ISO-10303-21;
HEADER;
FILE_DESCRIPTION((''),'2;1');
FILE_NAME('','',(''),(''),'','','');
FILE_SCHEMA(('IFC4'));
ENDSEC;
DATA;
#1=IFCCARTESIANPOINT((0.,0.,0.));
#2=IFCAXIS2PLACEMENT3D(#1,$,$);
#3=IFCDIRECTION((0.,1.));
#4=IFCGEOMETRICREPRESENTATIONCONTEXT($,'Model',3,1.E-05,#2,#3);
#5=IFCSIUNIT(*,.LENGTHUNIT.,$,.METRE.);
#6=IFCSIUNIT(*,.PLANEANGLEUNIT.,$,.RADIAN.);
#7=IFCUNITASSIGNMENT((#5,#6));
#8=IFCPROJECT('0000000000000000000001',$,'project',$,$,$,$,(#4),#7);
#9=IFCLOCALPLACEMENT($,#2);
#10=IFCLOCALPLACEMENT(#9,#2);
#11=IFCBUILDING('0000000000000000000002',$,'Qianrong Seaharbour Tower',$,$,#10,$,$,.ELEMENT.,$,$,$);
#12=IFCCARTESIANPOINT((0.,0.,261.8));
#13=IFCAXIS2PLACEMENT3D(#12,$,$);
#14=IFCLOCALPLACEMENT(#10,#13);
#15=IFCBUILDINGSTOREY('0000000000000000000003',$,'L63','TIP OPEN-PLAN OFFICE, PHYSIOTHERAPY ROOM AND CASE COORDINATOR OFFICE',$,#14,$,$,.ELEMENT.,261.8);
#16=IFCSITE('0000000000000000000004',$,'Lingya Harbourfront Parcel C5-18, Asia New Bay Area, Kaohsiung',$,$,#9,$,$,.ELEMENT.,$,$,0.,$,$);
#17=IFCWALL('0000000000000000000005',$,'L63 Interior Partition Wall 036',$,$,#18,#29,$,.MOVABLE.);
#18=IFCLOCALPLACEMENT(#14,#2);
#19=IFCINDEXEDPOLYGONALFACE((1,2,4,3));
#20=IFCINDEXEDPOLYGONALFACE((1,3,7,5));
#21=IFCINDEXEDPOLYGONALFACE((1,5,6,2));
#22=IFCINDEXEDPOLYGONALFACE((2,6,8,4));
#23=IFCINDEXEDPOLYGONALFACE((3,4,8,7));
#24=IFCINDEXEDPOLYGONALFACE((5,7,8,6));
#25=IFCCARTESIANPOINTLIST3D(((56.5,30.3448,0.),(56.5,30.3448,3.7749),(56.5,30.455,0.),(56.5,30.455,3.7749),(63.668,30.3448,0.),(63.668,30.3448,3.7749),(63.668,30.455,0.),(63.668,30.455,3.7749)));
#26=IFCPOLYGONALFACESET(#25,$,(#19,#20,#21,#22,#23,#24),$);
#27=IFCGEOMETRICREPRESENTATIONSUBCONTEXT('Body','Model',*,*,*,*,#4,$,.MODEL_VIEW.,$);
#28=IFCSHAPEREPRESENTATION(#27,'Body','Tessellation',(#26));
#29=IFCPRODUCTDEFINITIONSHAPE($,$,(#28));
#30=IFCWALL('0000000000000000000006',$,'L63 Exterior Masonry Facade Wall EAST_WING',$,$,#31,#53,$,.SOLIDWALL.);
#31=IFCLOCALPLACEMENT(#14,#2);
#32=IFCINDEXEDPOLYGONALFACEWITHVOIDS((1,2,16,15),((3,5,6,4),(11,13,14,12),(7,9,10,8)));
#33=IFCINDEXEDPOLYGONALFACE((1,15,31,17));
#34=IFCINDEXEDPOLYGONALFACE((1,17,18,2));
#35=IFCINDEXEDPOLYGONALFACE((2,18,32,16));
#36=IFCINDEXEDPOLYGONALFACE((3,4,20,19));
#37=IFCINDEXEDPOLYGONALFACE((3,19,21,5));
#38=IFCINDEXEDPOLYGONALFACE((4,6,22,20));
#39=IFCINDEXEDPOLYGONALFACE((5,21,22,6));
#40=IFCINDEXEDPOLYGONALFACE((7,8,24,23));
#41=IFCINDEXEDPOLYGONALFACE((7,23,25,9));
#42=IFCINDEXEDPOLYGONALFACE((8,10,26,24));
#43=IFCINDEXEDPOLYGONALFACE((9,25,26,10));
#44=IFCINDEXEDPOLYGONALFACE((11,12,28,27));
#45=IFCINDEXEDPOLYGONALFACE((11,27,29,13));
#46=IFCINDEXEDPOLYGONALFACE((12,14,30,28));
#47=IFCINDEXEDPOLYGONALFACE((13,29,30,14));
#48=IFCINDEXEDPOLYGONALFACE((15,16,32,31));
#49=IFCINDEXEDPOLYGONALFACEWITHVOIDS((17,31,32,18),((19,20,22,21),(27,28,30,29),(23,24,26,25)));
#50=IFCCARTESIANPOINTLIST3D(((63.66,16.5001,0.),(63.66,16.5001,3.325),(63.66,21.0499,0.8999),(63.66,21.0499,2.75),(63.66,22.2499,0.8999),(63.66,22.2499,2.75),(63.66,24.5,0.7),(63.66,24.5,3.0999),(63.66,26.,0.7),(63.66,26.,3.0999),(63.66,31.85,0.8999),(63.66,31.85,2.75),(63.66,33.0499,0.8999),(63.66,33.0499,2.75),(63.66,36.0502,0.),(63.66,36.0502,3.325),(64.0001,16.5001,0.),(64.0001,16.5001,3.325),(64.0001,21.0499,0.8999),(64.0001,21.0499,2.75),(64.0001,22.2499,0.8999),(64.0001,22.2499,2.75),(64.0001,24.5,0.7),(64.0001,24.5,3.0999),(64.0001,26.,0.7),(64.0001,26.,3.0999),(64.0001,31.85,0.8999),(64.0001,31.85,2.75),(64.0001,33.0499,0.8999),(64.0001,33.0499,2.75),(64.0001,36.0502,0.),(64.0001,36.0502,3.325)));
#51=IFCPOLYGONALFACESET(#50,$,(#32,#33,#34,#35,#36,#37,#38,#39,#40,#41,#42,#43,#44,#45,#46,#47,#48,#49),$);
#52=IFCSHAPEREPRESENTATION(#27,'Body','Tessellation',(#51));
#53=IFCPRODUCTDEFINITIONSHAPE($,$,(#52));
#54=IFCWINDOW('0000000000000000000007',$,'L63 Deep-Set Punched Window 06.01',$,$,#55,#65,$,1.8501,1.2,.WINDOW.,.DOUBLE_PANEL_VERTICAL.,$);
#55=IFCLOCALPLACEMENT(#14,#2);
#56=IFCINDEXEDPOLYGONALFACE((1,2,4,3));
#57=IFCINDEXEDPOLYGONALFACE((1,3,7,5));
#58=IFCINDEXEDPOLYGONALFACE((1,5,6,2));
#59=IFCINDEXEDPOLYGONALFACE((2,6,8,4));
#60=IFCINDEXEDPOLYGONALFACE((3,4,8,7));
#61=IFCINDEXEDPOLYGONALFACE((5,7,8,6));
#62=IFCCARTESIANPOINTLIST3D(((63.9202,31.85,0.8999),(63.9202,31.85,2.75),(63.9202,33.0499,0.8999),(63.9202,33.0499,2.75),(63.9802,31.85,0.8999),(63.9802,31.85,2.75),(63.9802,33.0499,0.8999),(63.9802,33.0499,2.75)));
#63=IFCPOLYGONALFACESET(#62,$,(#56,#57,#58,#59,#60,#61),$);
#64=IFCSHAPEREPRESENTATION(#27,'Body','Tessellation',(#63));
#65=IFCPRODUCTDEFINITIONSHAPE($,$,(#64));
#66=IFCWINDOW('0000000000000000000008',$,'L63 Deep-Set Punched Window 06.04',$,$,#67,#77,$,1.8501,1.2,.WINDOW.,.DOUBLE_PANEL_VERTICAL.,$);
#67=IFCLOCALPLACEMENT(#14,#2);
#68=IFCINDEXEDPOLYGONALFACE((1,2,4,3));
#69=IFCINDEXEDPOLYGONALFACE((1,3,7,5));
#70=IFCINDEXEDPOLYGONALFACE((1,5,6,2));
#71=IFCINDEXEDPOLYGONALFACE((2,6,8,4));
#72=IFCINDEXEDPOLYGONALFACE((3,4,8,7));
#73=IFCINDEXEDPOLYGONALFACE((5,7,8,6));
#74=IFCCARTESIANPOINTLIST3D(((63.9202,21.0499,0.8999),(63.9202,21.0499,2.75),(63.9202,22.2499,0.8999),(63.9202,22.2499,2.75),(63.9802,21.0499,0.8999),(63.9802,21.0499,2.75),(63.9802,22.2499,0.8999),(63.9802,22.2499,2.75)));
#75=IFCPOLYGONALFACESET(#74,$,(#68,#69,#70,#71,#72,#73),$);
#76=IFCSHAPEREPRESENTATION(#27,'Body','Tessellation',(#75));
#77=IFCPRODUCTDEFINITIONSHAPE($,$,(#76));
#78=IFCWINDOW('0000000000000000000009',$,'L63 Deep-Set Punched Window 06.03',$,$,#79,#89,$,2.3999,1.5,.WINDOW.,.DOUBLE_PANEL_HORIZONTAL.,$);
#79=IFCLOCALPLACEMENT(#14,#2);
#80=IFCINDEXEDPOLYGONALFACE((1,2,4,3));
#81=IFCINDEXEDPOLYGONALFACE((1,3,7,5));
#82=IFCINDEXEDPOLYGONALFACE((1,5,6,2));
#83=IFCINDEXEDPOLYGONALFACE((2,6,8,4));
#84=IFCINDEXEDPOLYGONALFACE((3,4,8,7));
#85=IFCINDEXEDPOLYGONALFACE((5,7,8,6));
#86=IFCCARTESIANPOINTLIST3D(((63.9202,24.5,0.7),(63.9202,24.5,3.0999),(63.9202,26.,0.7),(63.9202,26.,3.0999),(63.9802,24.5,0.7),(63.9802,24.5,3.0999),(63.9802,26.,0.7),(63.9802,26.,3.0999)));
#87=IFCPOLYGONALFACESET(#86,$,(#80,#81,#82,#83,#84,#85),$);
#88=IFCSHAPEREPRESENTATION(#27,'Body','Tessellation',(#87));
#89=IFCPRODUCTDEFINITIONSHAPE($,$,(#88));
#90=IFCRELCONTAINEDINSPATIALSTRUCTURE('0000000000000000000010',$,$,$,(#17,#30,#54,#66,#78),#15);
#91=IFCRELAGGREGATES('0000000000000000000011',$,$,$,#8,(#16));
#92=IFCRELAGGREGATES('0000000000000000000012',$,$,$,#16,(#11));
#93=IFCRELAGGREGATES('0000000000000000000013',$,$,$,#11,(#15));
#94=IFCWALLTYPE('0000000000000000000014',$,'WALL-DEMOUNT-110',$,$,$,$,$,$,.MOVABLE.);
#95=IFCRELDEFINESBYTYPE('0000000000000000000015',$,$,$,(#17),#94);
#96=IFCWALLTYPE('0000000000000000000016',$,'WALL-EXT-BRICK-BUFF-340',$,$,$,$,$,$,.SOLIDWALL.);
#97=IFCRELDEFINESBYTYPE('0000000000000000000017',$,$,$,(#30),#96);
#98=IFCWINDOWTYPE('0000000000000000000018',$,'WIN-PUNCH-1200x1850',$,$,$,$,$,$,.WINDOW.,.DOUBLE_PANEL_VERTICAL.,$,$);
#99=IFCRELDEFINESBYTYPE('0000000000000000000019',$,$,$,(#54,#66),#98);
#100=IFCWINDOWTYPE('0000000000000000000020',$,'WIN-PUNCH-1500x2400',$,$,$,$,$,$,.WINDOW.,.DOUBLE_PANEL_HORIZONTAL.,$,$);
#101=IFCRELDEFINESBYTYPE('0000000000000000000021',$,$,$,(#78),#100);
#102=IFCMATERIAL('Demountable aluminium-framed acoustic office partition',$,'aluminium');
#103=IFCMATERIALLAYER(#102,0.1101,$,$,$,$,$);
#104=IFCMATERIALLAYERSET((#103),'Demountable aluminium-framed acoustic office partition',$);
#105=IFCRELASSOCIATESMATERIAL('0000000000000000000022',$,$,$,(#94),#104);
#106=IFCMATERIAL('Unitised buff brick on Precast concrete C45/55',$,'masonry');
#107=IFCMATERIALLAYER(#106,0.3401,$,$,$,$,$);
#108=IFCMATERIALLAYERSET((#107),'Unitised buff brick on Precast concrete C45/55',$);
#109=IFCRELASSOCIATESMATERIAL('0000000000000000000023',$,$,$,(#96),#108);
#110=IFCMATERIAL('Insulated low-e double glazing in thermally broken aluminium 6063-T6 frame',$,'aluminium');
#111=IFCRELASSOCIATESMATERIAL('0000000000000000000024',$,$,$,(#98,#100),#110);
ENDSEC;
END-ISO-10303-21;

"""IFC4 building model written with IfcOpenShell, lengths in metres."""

from ifc_helpers import new_model, si_unit, direction, frame, frame_2d, origin, place, context, subcontext, project, spatial, rectangle, extrude, material, layer, layer_set, type_object, element, fill, save


model = new_model("IFC4")

# Units and contexts
model_context = context("Model", 3, precision=1e-05, world=origin(), true_north=direction((0.0, 1.0)))
body_context = subcontext(model_context, "Body", "Model", "MODEL_VIEW")
ifc_project = project(units=[si_unit("LENGTHUNIT", "METRE"), si_unit("PLANEANGLEUNIT", "RADIAN")], contexts=[model_context])

# Site, building, storey
site_placement = place(None, origin())
site = spatial("IfcSite", under=ifc_project, at=site_placement, Name="Lingya Harbourfront Parcel C5-18, Asia New Bay Area, Kaohsiung", CompositionType="ELEMENT", RefElevation=0.0)
building_placement = place(site_placement, origin())
building = spatial("IfcBuilding", under=site, at=building_placement, Name="Qianrong Seaharbour Tower", CompositionType="ELEMENT")
storey_placement = place(building_placement, frame((0.0, 0.0, 261.8)))
storey = spatial("IfcBuildingStorey", under=building, at=storey_placement, Name="L63", Description="TIP OPEN-PLAN OFFICE, PHYSIOTHERAPY ROOM AND CASE COORDINATOR OFFICE", CompositionType="ELEMENT", Elevation=261.8)

# Wall
ifc_material_1 = material(Name="Demountable aluminium-framed acoustic office partition", Category="aluminium")
ifc_layer_1 = layer(ifc_material_1, 0.1101)
ifc_layer_set_1 = layer_set([ifc_layer_1], Name="Demountable aluminium-framed acoustic office partition")
wall_type_1 = type_object("IfcWallType", Name="WALL-DEMOUNT-110", PredefinedType="MOVABLE", material=ifc_layer_set_1)
wall_1_placement = place(storey_placement, frame((56.5, 30.3999, 0.0), z_axis=(0.0, 0.0, 1.0), x_axis=(1.0, 0.0, 0.0)))
element("IfcWall", 1, at=wall_1_placement, inside=storey, type_object=wall_type_1, Name="L63 Interior Partition Wall 036", PredefinedType="MOVABLE", context=body_context, shape_type="SweptSolid", body=[
    extrude(rectangle(XDim=7.168, YDim=0.1101, at=frame_2d((3.584, 0.0))), origin(), (0.0, 0.0, 1.0), 3.7749),
])

# Wall, openings, windows
ifc_material_2 = material(Name="Unitised buff brick on Precast concrete C45/55", Category="masonry")
ifc_layer_2 = layer(ifc_material_2, 0.3401)
ifc_layer_set_2 = layer_set([ifc_layer_2], Name="Unitised buff brick on Precast concrete C45/55")
wall_type_2 = type_object("IfcWallType", Name="WALL-EXT-BRICK-BUFF-340", PredefinedType="SOLIDWALL", material=ifc_layer_set_2)
wall_2_placement = place(storey_placement, frame((63.8301, 36.05, 0.0), z_axis=(0.0, 0.0, 1.0), x_axis=(0.0, -1.0, 0.0)))
wall_2 = element("IfcWall", 2, at=wall_2_placement, inside=storey, type_object=wall_type_2, Name="L63 Exterior Masonry Facade Wall EAST_WING", PredefinedType="SOLIDWALL", context=body_context, shape_type="SweptSolid", body=[
    extrude(rectangle(XDim=19.55, YDim=0.3401, at=frame_2d((9.7749, 0.0))), origin(), (0.0, 0.0, 1.0), 3.325),
])
opening_1_placement = place(wall_2_placement, frame((3.0, 0.0, 0.8999)))
opening_1 = element("IfcOpeningElement", 3, at=opening_1_placement, cuts=wall_2, PredefinedType="OPENING", context=body_context, shape_type="SweptSolid", body=[
    extrude(rectangle(XDim=1.2, YDim=1.8501, at=frame_2d((0.6001, 0.925))), frame((0.0, 0.1802, 0.0), z_axis=(0.0, -1.0, 0.0), x_axis=(1.0, 0.0, 0.0)), (0.0, 0.0, 1.0), 0.3601),
])
opening_2_placement = place(wall_2_placement, frame((10.05, 0.0, 0.7)))
opening_2 = element("IfcOpeningElement", 4, at=opening_2_placement, cuts=wall_2, PredefinedType="OPENING", context=body_context, shape_type="SweptSolid", body=[
    extrude(rectangle(XDim=1.5, YDim=2.3999, at=frame_2d((0.75, 1.2))), frame((0.0, 0.1802, 0.0), z_axis=(0.0, -1.0, 0.0), x_axis=(1.0, 0.0, 0.0)), (0.0, 0.0, 1.0), 0.3601),
])
opening_3_placement = place(wall_2_placement, frame((13.8, 0.0, 0.8999)))
opening_3 = element("IfcOpeningElement", 5, at=opening_3_placement, cuts=wall_2, PredefinedType="OPENING", context=body_context, shape_type="SweptSolid", body=[
    extrude(rectangle(XDim=1.2, YDim=1.8501, at=frame_2d((0.6001, 0.925))), frame((0.0, 0.1802, 0.0), z_axis=(0.0, -1.0, 0.0), x_axis=(1.0, 0.0, 0.0)), (0.0, 0.0, 1.0), 0.3601),
])
ifc_material_3 = material(Name="Insulated low-e double glazing in thermally broken aluminium 6063-T6 frame", Category="aluminium")
window_type_1 = type_object("IfcWindowType", Name="WIN-PUNCH-1200x1850", PartitioningType="DOUBLE_PANEL_VERTICAL", PredefinedType="WINDOW", material=ifc_material_3)
window_1_placement = place(opening_1_placement, origin())
window_1 = element("IfcWindow", 6, at=window_1_placement, inside=storey, type_object=window_type_1, Name="L63 Deep-Set Punched Window 06.01", OverallHeight=1.8501, OverallWidth=1.2, PartitioningType="DOUBLE_PANEL_VERTICAL", PredefinedType="WINDOW", context=body_context, shape_type="SweptSolid", body=[
    extrude(rectangle(XDim=1.2, YDim=1.8501, at=frame_2d((0.6001, 0.925))), frame((0.0, 0.1501, 0.0), z_axis=(0.0, -1.0, 0.0), x_axis=(1.0, 0.0, 0.0)), (0.0, 0.0, 1.0), 0.0601),
])
fill(opening_1, window_1)
window_2_placement = place(opening_3_placement, origin())
window_2 = element("IfcWindow", 7, at=window_2_placement, inside=storey, type_object=window_type_1, Name="L63 Deep-Set Punched Window 06.04", OverallHeight=1.8501, OverallWidth=1.2, PartitioningType="DOUBLE_PANEL_VERTICAL", PredefinedType="WINDOW", context=body_context, shape_type="SweptSolid", body=[
    extrude(rectangle(XDim=1.2, YDim=1.8501, at=frame_2d((0.6001, 0.925))), frame((0.0, 0.1501, 0.0), z_axis=(0.0, -1.0, 0.0), x_axis=(1.0, 0.0, 0.0)), (0.0, 0.0, 1.0), 0.0601),
])
fill(opening_3, window_2)
window_type_2 = type_object("IfcWindowType", Name="WIN-PUNCH-1500x2400", PartitioningType="DOUBLE_PANEL_HORIZONTAL", PredefinedType="WINDOW", material=ifc_material_3)
window_3_placement = place(opening_2_placement, origin())
window_3 = element("IfcWindow", 8, at=window_3_placement, inside=storey, type_object=window_type_2, Name="L63 Deep-Set Punched Window 06.03", OverallHeight=2.3999, OverallWidth=1.5, PartitioningType="DOUBLE_PANEL_HORIZONTAL", PredefinedType="WINDOW", context=body_context, shape_type="SweptSolid", body=[
    extrude(rectangle(XDim=1.5, YDim=2.3999, at=frame_2d((0.75, 1.2))), frame((0.0, 0.1501, 0.0), z_axis=(0.0, -1.0, 0.0), x_axis=(1.0, 0.0, 0.0)), (0.0, 0.0, 1.0), 0.0601),
])
fill(opening_2, window_3)

save(model, "model.ifc")
